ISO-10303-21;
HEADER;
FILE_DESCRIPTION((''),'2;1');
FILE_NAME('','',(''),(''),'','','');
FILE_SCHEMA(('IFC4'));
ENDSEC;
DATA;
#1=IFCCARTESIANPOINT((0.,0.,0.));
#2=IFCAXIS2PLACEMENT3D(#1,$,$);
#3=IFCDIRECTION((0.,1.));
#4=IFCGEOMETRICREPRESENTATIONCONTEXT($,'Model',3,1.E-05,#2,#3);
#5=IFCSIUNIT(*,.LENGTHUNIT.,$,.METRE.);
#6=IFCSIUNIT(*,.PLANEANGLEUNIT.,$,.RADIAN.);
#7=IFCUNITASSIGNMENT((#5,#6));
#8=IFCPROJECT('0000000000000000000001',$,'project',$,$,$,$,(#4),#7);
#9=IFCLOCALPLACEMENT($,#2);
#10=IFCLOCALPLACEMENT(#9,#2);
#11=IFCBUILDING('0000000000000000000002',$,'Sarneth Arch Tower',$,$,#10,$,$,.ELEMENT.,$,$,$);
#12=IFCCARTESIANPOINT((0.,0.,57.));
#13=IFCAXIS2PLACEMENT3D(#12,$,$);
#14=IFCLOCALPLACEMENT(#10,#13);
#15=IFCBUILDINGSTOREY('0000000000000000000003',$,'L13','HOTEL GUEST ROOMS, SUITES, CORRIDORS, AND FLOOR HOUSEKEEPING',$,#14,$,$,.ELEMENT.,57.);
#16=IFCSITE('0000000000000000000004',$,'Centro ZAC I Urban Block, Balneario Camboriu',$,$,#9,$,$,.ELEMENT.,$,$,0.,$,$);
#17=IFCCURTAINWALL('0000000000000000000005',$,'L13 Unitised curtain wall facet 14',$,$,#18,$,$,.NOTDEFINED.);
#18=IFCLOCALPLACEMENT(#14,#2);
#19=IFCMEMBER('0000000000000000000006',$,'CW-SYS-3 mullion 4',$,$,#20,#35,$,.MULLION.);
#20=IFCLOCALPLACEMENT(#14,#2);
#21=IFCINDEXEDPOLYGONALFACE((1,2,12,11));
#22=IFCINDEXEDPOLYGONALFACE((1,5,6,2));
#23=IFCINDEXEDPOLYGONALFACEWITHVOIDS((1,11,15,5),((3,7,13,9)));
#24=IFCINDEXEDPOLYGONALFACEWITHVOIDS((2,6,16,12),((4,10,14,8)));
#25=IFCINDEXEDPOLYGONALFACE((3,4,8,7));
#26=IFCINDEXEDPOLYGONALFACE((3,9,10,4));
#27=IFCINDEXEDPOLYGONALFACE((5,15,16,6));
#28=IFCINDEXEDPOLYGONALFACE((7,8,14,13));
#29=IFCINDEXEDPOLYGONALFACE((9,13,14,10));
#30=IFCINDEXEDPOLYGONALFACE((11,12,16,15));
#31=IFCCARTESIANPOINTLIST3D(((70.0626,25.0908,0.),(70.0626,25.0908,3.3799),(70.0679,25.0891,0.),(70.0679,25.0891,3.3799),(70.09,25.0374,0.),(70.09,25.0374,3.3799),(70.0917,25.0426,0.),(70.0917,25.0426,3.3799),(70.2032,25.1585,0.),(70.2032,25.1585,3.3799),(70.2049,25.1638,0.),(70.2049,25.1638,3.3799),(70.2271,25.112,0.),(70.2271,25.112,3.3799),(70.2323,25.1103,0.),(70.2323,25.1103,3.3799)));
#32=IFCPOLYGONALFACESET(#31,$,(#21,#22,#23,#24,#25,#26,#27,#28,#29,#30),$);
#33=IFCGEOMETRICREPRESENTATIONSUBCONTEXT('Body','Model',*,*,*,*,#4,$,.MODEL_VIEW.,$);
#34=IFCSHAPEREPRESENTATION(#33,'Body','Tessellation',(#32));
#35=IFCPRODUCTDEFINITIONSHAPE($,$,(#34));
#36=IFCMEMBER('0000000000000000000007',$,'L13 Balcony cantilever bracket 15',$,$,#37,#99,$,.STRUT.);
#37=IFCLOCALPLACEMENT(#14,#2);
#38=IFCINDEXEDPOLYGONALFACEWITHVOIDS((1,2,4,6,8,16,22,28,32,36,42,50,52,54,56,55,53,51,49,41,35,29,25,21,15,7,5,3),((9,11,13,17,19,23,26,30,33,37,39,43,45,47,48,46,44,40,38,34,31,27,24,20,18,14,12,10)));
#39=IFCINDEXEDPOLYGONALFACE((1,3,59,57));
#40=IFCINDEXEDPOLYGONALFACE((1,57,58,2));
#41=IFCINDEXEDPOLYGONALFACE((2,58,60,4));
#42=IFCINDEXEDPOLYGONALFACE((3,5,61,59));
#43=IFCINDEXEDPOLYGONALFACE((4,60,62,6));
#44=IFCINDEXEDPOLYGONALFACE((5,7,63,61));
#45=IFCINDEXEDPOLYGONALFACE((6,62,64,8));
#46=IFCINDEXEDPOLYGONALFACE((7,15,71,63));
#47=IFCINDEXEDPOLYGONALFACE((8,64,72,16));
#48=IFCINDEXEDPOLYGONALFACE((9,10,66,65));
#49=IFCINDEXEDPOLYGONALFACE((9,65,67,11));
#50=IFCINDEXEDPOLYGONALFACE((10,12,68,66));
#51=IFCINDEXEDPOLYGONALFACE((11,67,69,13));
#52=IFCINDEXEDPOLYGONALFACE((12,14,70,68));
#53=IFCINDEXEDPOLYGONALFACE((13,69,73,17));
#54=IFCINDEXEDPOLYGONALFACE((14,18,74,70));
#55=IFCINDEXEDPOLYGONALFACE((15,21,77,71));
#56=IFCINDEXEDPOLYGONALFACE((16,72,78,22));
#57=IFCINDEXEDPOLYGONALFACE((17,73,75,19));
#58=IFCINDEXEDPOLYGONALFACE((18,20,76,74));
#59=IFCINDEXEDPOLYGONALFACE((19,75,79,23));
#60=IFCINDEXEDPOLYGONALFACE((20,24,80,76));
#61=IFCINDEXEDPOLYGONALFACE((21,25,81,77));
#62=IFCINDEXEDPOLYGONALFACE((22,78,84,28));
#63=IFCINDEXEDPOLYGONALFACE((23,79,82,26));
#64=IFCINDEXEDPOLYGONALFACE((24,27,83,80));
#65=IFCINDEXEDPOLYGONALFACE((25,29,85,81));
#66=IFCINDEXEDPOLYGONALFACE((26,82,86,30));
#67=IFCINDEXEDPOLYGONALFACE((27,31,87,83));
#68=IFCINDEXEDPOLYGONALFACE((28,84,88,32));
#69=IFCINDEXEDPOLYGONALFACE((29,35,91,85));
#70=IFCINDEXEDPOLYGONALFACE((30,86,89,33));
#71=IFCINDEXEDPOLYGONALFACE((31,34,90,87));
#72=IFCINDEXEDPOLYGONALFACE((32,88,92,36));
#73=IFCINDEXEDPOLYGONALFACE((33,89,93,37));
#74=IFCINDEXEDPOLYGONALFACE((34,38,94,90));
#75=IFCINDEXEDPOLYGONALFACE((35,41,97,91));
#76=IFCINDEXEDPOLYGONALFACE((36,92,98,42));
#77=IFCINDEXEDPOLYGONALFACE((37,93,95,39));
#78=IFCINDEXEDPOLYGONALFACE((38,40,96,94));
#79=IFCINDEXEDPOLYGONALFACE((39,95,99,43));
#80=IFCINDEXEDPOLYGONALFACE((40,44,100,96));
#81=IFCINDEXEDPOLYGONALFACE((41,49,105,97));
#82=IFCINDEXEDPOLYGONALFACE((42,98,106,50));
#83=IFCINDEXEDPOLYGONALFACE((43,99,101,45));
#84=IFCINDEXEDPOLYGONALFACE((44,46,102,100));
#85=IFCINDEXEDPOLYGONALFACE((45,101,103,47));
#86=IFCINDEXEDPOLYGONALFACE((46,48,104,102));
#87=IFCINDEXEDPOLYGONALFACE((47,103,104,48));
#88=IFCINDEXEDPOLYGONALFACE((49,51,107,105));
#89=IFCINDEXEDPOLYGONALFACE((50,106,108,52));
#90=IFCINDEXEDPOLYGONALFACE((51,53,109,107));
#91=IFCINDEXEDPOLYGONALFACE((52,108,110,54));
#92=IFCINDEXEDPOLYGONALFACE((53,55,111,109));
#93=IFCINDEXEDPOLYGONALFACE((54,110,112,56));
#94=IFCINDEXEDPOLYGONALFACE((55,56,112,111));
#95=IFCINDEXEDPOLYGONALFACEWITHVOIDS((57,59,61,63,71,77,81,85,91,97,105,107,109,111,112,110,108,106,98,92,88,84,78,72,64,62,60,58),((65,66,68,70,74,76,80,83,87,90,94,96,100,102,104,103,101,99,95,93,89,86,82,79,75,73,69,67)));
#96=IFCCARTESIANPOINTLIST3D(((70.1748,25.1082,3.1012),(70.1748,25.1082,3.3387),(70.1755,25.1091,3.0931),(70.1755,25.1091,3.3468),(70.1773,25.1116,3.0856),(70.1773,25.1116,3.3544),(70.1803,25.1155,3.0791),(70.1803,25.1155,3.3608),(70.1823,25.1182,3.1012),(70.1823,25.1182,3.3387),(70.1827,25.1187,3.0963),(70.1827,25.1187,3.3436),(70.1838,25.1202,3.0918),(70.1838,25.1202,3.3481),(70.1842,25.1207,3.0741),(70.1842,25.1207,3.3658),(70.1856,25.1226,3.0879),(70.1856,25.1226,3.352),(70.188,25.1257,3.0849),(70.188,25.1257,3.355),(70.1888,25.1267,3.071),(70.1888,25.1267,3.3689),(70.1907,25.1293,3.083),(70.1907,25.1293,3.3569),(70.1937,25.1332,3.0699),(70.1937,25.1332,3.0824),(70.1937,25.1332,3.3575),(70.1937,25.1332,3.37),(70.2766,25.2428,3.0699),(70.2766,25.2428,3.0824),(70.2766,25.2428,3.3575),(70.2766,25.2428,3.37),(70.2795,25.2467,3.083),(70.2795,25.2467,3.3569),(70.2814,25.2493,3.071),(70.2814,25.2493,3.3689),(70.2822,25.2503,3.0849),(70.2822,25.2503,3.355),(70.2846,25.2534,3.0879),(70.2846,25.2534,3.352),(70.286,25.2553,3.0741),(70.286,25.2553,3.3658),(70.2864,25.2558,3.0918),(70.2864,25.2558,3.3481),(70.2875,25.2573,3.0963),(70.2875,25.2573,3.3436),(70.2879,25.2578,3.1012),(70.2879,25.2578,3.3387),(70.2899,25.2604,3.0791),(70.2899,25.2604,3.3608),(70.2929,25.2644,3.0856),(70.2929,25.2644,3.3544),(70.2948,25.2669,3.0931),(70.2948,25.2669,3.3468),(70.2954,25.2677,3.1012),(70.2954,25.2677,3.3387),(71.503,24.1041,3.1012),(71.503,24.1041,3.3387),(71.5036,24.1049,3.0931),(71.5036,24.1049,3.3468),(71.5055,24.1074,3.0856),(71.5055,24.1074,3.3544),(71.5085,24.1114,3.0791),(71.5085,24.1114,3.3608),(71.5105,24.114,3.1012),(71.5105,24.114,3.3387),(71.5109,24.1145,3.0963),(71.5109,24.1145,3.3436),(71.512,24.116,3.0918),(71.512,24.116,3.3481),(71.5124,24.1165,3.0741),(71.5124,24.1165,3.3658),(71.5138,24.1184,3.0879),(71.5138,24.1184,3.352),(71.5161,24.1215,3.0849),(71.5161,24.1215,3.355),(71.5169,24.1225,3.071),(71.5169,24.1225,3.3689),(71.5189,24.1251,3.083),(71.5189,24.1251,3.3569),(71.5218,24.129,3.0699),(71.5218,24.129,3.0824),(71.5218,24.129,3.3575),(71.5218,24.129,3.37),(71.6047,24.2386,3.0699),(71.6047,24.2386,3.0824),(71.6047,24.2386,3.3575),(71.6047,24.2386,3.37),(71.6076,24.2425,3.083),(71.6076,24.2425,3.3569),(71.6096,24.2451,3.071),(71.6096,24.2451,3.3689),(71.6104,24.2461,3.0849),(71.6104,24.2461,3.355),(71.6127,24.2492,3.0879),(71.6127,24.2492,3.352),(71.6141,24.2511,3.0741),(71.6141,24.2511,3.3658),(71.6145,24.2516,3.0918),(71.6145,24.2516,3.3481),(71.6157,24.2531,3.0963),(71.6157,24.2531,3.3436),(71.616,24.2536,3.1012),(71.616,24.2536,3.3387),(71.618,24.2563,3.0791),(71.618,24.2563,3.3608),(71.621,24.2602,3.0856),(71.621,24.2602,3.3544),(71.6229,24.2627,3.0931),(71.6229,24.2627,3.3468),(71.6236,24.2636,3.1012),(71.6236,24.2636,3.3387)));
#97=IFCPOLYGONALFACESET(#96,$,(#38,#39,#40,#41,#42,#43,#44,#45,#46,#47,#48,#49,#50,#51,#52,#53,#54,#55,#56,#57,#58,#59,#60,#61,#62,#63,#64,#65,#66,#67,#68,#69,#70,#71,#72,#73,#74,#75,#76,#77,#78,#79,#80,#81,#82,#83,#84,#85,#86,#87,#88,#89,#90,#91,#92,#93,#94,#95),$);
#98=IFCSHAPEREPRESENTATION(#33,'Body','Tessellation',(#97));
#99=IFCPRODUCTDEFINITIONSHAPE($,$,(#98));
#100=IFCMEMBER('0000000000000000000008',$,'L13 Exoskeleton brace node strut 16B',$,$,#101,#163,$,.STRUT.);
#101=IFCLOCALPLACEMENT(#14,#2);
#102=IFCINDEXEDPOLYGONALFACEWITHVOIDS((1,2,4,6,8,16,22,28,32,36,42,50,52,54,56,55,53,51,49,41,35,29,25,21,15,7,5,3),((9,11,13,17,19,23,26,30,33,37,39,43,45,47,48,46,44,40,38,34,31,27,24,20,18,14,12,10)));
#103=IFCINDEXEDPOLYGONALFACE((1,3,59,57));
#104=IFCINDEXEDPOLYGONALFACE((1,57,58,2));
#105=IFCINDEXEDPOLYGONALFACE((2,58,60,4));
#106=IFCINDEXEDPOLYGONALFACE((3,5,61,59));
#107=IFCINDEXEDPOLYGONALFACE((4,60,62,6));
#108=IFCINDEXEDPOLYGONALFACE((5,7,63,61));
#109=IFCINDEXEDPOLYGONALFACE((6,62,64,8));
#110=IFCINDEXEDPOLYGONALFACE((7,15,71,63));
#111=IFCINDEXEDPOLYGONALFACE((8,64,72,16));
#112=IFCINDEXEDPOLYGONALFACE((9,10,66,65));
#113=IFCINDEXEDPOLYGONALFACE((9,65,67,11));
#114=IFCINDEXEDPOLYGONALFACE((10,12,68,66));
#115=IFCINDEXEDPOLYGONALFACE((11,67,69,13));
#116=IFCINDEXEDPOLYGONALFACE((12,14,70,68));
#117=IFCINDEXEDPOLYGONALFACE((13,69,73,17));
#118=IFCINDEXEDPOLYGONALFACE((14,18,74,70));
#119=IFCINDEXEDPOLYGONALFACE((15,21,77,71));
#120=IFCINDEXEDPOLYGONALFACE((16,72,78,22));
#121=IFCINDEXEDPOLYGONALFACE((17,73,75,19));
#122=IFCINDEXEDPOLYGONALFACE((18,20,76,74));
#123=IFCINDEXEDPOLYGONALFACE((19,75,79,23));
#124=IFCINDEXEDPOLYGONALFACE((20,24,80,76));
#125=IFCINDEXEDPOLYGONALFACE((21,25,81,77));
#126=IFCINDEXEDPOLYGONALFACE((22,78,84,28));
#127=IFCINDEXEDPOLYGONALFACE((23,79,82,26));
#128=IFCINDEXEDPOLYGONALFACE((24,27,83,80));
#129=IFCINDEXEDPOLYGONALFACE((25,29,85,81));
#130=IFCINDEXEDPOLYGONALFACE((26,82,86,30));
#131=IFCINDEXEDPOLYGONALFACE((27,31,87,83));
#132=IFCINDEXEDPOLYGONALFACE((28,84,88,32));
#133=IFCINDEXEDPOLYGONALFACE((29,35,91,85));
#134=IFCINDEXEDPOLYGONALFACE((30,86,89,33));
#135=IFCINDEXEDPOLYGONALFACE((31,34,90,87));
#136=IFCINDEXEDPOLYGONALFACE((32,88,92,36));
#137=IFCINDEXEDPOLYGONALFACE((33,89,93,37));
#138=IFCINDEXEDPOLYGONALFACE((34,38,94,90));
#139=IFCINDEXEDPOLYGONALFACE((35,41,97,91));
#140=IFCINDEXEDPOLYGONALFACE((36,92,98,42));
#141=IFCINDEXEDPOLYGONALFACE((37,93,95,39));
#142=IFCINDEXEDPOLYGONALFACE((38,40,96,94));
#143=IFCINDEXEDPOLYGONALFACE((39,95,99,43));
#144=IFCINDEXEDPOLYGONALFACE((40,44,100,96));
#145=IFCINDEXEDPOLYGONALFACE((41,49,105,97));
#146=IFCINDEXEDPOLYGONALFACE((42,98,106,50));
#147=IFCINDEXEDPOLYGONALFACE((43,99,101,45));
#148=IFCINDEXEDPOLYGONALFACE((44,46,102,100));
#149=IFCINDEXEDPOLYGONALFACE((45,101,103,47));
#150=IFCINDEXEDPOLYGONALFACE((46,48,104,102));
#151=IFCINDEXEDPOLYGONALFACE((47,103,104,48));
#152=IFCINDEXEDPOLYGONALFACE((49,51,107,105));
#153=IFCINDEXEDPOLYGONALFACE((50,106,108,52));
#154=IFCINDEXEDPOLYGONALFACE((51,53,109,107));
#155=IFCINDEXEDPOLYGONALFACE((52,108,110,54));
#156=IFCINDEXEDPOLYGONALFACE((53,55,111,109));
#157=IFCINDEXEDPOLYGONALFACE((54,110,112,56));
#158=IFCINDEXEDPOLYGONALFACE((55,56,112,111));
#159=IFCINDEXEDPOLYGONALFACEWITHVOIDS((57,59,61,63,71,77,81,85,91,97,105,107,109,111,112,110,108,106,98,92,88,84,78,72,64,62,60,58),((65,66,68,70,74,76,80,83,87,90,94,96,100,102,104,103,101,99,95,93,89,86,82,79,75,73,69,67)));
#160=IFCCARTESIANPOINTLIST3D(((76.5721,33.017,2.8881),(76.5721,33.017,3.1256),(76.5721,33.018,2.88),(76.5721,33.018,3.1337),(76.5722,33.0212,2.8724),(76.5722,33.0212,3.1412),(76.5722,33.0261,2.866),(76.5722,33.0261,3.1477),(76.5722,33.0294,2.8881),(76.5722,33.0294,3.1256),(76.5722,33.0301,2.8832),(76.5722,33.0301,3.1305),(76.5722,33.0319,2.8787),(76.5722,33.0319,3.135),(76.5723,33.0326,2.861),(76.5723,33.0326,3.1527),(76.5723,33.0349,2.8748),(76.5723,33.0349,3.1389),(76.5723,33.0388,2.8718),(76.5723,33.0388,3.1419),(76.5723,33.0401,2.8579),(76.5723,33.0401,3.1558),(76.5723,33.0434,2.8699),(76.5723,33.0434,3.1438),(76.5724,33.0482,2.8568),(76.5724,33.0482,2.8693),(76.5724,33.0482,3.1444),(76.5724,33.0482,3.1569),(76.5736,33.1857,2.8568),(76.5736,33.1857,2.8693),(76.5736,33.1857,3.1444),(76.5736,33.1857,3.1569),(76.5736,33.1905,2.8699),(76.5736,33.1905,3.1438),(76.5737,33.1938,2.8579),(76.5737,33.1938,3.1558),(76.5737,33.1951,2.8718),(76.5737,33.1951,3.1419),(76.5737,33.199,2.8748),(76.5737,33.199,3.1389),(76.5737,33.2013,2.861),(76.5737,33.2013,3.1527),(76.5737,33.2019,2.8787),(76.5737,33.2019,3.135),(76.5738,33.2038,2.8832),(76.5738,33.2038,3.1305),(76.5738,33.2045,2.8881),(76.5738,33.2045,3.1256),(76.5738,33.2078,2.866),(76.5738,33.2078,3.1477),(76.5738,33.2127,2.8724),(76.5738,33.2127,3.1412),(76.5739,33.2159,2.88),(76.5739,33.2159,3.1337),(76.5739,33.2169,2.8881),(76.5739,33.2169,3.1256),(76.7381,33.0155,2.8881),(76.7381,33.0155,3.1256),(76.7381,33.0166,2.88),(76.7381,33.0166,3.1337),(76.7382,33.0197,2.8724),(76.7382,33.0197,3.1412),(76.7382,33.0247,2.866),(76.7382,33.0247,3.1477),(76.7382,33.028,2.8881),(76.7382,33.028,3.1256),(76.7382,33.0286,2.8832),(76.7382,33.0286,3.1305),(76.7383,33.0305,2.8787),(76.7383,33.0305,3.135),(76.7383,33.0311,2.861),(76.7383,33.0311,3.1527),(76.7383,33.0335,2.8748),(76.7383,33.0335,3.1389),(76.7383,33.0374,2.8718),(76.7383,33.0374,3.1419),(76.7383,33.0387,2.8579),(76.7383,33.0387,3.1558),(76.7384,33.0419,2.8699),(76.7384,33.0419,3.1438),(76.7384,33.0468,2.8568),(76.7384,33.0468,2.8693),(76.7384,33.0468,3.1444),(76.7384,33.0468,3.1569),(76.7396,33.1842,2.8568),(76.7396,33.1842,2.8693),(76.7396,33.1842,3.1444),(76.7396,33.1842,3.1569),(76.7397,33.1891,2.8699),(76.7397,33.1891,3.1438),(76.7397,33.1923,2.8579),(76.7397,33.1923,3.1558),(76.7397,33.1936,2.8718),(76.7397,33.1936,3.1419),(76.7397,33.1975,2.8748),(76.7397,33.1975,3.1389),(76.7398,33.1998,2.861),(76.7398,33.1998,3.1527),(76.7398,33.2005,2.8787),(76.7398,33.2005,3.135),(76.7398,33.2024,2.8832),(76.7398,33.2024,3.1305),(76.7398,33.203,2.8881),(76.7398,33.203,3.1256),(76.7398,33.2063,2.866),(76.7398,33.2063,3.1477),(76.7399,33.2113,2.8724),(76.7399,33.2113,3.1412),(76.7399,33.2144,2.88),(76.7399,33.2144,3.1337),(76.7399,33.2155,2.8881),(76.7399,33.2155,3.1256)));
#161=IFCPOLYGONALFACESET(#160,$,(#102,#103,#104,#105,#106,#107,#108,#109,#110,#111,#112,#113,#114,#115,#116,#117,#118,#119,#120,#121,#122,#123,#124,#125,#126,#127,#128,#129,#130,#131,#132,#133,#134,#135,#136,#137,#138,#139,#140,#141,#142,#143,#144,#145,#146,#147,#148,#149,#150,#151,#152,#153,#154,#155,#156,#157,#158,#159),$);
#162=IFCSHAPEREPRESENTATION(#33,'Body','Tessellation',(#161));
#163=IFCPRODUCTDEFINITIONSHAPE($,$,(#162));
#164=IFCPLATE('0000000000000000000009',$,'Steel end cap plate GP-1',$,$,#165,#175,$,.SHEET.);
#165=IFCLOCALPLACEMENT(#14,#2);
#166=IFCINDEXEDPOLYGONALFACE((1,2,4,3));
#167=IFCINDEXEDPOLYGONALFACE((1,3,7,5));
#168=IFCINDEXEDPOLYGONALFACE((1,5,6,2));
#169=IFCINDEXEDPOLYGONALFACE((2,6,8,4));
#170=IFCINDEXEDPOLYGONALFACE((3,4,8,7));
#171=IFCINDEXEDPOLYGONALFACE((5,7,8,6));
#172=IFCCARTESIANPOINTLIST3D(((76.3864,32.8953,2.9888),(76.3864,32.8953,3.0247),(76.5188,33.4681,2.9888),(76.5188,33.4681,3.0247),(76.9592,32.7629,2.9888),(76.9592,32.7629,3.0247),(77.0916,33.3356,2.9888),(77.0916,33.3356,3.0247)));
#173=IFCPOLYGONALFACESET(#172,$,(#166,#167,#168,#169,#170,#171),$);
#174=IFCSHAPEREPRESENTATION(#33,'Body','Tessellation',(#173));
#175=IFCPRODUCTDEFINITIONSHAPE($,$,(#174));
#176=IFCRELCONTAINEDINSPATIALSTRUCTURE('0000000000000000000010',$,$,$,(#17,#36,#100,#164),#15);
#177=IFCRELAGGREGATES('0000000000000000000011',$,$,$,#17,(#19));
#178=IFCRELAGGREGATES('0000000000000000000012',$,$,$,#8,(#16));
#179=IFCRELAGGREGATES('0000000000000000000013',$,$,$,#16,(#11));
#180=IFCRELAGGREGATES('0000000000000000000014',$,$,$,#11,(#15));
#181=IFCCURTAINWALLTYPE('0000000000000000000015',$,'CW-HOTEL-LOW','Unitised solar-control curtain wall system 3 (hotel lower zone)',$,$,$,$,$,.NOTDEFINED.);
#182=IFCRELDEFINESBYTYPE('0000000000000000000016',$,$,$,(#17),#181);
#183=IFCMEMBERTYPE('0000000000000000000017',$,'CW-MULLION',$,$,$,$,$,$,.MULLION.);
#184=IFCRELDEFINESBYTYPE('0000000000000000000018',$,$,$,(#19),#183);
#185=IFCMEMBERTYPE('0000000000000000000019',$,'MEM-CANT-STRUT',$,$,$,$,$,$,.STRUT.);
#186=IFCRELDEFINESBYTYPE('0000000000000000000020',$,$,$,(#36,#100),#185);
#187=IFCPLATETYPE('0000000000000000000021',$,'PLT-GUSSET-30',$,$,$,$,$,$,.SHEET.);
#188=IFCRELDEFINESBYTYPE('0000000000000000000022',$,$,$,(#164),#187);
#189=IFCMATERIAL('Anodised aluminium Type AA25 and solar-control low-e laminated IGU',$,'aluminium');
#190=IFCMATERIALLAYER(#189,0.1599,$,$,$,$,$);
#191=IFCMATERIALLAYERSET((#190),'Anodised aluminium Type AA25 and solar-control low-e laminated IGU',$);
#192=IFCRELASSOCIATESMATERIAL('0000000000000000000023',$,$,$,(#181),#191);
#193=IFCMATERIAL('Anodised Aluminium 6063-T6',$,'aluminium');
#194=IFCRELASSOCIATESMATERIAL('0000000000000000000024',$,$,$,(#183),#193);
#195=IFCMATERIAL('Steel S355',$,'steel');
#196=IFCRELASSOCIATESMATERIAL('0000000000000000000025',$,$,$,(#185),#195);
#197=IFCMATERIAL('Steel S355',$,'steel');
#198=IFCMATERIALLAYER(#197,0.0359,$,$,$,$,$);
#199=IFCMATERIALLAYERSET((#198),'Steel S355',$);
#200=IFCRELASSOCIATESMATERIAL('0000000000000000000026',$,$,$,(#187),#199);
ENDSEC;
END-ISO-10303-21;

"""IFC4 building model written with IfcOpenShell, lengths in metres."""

from ifc_helpers import new_model, si_unit, direction, frame, origin, origin_2d, place, context, subcontext, project, spatial, rectangle, hollow_rectangle, extrude, material, layer, layer_set, material_profile, profile_set, type_object, element, aggregate, save


model = new_model("IFC4")

# Units and contexts
model_context = context("Model", 3, precision=1e-05, world=origin(), true_north=direction((0.0, 1.0)))
body_context = subcontext(model_context, "Body", "Model", "MODEL_VIEW")
ifc_project = project(units=[si_unit("LENGTHUNIT", "METRE"), si_unit("PLANEANGLEUNIT", "RADIAN")], contexts=[model_context])

# Site, building, storey
site_placement = place(None, origin())
site = spatial("IfcSite", under=ifc_project, at=site_placement, Name="Centro ZAC I Urban Block, Balneario Camboriu", CompositionType="ELEMENT", RefElevation=0.0)
building_placement = place(site_placement, origin())
building = spatial("IfcBuilding", under=site, at=building_placement, Name="Sarneth Arch Tower", CompositionType="ELEMENT")
storey_placement = place(building_placement, frame((0.0, 0.0, 57.0)))
storey = spatial("IfcBuildingStorey", under=building, at=storey_placement, Name="L13", Description="HOTEL GUEST ROOMS, SUITES, CORRIDORS, AND FLOOR HOUSEKEEPING", CompositionType="ELEMENT", Elevation=57.0)

# Curtain wall, member
ifc_material_1 = material(Name="Anodised aluminium Type AA25 and solar-control low-e laminated IGU", Category="aluminium")
ifc_layer_1 = layer(ifc_material_1, 0.1599)
ifc_layer_set_1 = layer_set([ifc_layer_1], Name="Anodised aluminium Type AA25 and solar-control low-e laminated IGU")
curtain_wall_type = type_object("IfcCurtainWallType", Name="CW-HOTEL-LOW", Description="Unitised solar-control curtain wall system 3 (hotel lower zone)", PredefinedType="NOTDEFINED", material=ifc_layer_set_1)
curtain_wall_placement = place(storey_placement, origin())
curtain_wall = element("IfcCurtainWall", 1, at=curtain_wall_placement, inside=storey, type_object=curtain_wall_type, Name="L13 Unitised curtain wall facet 14", PredefinedType="NOTDEFINED")
ifc_material_2 = material(Name="Anodised Aluminium 6063-T6", Category="aluminium")
ifc_material_profile_1 = material_profile(ifc_material_2, hollow_rectangle(XDim=0.0601, YDim=0.1599, WallThickness=0.0039, at=origin_2d()), Name="AL-MULL-160x60x4")
ifc_profile_set_1 = profile_set([ifc_material_profile_1], Name="Anodised Aluminium 6063-T6")
member_type_1 = type_object("IfcMemberType", Name="CW-MULLION", PredefinedType="MULLION", material=ifc_profile_set_1)
member_1_placement = place(storey_placement, frame((70.1475, 25.1006, 0.0), z_axis=(0.0, 0.0, 1.0), x_axis=(-0.456245, 0.889854, 0.0)))
member_1 = element("IfcMember", 2, at=member_1_placement, type_object=member_type_1, Name="CW-SYS-3 mullion 4", PredefinedType="MULLION", context=body_context, shape_type="SweptSolid", body=[
    extrude(hollow_rectangle(XDim=0.0601, YDim=0.1599, WallThickness=0.0039, at=origin_2d()), origin(), (0.0, 0.0, 1.0), 3.3799),
])
aggregate(curtain_wall, [member_1])

# Members
ifc_material_3 = material(Name="Steel S355", Category="steel")
ifc_material_profile_2 = material_profile(ifc_material_3, hollow_rectangle(XDim=0.2, YDim=0.3, WallThickness=0.0125, InnerFilletRadius=0.0188, OuterFilletRadius=0.0312, at=origin_2d()), Name="RHS300x200x12.5")
ifc_profile_set_2 = profile_set([ifc_material_profile_2], Name="Steel S355")
member_type_2 = type_object("IfcMemberType", Name="MEM-CANT-STRUT", PredefinedType="STRUT", material=ifc_profile_set_2)
member_2_placement = place(storey_placement, frame((70.2351, 25.188, 3.22), z_axis=(0.797671, -0.603092, 0.0), x_axis=(0.603092, 0.797671, 0.0)))
element("IfcMember", 3, at=member_2_placement, inside=storey, type_object=member_type_2, Name="L13 Balcony cantilever bracket 15", PredefinedType="STRUT", context=body_context, shape_type="SweptSolid", body=[
    extrude(hollow_rectangle(XDim=0.2, YDim=0.3, WallThickness=0.0125, InnerFilletRadius=0.0188, OuterFilletRadius=0.0312, at=origin_2d()), origin(), (0.0, 0.0, 1.0), 1.665),
])
member_3_placement = place(storey_placement, frame((76.573, 33.1169, 3.0068), z_axis=(0.999961, -0.008823, 0.0), x_axis=(0.008823, 0.999961, 0.0)))
element("IfcMember", 4, at=member_3_placement, inside=storey, type_object=member_type_2, Name="L13 Exoskeleton brace node strut 16B", PredefinedType="STRUT", context=body_context, shape_type="SweptSolid", body=[
    extrude(hollow_rectangle(XDim=0.2, YDim=0.3, WallThickness=0.0125, InnerFilletRadius=0.0188, OuterFilletRadius=0.0312, at=origin_2d()), origin(), (0.0, 0.0, 1.0), 0.166),
])

# Plate
ifc_material_4 = material(Name="Steel S355", Category="steel")
ifc_layer_2 = layer(ifc_material_4, 0.0359)
ifc_layer_set_2 = layer_set([ifc_layer_2], Name="Steel S355")
plate_type = type_object("IfcPlateType", Name="PLT-GUSSET-30", PredefinedType="SHEET", material=ifc_layer_set_2)
plate_placement = place(storey_placement, frame((76.739, 33.1155, 2.9888), z_axis=(0.0, 0.0, 1.0), x_axis=(0.225291, 0.974291, 0.0)))
element("IfcPlate", 5, at=plate_placement, inside=storey, type_object=plate_type, Name="Steel end cap plate GP-1", PredefinedType="SHEET", context=body_context, shape_type="SweptSolid", body=[
    extrude(rectangle(XDim=0.5879, YDim=0.5879, at=origin_2d()), origin(), (0.0, 0.0, 1.0), 0.0359),
])

save(model, "model.ifc")
